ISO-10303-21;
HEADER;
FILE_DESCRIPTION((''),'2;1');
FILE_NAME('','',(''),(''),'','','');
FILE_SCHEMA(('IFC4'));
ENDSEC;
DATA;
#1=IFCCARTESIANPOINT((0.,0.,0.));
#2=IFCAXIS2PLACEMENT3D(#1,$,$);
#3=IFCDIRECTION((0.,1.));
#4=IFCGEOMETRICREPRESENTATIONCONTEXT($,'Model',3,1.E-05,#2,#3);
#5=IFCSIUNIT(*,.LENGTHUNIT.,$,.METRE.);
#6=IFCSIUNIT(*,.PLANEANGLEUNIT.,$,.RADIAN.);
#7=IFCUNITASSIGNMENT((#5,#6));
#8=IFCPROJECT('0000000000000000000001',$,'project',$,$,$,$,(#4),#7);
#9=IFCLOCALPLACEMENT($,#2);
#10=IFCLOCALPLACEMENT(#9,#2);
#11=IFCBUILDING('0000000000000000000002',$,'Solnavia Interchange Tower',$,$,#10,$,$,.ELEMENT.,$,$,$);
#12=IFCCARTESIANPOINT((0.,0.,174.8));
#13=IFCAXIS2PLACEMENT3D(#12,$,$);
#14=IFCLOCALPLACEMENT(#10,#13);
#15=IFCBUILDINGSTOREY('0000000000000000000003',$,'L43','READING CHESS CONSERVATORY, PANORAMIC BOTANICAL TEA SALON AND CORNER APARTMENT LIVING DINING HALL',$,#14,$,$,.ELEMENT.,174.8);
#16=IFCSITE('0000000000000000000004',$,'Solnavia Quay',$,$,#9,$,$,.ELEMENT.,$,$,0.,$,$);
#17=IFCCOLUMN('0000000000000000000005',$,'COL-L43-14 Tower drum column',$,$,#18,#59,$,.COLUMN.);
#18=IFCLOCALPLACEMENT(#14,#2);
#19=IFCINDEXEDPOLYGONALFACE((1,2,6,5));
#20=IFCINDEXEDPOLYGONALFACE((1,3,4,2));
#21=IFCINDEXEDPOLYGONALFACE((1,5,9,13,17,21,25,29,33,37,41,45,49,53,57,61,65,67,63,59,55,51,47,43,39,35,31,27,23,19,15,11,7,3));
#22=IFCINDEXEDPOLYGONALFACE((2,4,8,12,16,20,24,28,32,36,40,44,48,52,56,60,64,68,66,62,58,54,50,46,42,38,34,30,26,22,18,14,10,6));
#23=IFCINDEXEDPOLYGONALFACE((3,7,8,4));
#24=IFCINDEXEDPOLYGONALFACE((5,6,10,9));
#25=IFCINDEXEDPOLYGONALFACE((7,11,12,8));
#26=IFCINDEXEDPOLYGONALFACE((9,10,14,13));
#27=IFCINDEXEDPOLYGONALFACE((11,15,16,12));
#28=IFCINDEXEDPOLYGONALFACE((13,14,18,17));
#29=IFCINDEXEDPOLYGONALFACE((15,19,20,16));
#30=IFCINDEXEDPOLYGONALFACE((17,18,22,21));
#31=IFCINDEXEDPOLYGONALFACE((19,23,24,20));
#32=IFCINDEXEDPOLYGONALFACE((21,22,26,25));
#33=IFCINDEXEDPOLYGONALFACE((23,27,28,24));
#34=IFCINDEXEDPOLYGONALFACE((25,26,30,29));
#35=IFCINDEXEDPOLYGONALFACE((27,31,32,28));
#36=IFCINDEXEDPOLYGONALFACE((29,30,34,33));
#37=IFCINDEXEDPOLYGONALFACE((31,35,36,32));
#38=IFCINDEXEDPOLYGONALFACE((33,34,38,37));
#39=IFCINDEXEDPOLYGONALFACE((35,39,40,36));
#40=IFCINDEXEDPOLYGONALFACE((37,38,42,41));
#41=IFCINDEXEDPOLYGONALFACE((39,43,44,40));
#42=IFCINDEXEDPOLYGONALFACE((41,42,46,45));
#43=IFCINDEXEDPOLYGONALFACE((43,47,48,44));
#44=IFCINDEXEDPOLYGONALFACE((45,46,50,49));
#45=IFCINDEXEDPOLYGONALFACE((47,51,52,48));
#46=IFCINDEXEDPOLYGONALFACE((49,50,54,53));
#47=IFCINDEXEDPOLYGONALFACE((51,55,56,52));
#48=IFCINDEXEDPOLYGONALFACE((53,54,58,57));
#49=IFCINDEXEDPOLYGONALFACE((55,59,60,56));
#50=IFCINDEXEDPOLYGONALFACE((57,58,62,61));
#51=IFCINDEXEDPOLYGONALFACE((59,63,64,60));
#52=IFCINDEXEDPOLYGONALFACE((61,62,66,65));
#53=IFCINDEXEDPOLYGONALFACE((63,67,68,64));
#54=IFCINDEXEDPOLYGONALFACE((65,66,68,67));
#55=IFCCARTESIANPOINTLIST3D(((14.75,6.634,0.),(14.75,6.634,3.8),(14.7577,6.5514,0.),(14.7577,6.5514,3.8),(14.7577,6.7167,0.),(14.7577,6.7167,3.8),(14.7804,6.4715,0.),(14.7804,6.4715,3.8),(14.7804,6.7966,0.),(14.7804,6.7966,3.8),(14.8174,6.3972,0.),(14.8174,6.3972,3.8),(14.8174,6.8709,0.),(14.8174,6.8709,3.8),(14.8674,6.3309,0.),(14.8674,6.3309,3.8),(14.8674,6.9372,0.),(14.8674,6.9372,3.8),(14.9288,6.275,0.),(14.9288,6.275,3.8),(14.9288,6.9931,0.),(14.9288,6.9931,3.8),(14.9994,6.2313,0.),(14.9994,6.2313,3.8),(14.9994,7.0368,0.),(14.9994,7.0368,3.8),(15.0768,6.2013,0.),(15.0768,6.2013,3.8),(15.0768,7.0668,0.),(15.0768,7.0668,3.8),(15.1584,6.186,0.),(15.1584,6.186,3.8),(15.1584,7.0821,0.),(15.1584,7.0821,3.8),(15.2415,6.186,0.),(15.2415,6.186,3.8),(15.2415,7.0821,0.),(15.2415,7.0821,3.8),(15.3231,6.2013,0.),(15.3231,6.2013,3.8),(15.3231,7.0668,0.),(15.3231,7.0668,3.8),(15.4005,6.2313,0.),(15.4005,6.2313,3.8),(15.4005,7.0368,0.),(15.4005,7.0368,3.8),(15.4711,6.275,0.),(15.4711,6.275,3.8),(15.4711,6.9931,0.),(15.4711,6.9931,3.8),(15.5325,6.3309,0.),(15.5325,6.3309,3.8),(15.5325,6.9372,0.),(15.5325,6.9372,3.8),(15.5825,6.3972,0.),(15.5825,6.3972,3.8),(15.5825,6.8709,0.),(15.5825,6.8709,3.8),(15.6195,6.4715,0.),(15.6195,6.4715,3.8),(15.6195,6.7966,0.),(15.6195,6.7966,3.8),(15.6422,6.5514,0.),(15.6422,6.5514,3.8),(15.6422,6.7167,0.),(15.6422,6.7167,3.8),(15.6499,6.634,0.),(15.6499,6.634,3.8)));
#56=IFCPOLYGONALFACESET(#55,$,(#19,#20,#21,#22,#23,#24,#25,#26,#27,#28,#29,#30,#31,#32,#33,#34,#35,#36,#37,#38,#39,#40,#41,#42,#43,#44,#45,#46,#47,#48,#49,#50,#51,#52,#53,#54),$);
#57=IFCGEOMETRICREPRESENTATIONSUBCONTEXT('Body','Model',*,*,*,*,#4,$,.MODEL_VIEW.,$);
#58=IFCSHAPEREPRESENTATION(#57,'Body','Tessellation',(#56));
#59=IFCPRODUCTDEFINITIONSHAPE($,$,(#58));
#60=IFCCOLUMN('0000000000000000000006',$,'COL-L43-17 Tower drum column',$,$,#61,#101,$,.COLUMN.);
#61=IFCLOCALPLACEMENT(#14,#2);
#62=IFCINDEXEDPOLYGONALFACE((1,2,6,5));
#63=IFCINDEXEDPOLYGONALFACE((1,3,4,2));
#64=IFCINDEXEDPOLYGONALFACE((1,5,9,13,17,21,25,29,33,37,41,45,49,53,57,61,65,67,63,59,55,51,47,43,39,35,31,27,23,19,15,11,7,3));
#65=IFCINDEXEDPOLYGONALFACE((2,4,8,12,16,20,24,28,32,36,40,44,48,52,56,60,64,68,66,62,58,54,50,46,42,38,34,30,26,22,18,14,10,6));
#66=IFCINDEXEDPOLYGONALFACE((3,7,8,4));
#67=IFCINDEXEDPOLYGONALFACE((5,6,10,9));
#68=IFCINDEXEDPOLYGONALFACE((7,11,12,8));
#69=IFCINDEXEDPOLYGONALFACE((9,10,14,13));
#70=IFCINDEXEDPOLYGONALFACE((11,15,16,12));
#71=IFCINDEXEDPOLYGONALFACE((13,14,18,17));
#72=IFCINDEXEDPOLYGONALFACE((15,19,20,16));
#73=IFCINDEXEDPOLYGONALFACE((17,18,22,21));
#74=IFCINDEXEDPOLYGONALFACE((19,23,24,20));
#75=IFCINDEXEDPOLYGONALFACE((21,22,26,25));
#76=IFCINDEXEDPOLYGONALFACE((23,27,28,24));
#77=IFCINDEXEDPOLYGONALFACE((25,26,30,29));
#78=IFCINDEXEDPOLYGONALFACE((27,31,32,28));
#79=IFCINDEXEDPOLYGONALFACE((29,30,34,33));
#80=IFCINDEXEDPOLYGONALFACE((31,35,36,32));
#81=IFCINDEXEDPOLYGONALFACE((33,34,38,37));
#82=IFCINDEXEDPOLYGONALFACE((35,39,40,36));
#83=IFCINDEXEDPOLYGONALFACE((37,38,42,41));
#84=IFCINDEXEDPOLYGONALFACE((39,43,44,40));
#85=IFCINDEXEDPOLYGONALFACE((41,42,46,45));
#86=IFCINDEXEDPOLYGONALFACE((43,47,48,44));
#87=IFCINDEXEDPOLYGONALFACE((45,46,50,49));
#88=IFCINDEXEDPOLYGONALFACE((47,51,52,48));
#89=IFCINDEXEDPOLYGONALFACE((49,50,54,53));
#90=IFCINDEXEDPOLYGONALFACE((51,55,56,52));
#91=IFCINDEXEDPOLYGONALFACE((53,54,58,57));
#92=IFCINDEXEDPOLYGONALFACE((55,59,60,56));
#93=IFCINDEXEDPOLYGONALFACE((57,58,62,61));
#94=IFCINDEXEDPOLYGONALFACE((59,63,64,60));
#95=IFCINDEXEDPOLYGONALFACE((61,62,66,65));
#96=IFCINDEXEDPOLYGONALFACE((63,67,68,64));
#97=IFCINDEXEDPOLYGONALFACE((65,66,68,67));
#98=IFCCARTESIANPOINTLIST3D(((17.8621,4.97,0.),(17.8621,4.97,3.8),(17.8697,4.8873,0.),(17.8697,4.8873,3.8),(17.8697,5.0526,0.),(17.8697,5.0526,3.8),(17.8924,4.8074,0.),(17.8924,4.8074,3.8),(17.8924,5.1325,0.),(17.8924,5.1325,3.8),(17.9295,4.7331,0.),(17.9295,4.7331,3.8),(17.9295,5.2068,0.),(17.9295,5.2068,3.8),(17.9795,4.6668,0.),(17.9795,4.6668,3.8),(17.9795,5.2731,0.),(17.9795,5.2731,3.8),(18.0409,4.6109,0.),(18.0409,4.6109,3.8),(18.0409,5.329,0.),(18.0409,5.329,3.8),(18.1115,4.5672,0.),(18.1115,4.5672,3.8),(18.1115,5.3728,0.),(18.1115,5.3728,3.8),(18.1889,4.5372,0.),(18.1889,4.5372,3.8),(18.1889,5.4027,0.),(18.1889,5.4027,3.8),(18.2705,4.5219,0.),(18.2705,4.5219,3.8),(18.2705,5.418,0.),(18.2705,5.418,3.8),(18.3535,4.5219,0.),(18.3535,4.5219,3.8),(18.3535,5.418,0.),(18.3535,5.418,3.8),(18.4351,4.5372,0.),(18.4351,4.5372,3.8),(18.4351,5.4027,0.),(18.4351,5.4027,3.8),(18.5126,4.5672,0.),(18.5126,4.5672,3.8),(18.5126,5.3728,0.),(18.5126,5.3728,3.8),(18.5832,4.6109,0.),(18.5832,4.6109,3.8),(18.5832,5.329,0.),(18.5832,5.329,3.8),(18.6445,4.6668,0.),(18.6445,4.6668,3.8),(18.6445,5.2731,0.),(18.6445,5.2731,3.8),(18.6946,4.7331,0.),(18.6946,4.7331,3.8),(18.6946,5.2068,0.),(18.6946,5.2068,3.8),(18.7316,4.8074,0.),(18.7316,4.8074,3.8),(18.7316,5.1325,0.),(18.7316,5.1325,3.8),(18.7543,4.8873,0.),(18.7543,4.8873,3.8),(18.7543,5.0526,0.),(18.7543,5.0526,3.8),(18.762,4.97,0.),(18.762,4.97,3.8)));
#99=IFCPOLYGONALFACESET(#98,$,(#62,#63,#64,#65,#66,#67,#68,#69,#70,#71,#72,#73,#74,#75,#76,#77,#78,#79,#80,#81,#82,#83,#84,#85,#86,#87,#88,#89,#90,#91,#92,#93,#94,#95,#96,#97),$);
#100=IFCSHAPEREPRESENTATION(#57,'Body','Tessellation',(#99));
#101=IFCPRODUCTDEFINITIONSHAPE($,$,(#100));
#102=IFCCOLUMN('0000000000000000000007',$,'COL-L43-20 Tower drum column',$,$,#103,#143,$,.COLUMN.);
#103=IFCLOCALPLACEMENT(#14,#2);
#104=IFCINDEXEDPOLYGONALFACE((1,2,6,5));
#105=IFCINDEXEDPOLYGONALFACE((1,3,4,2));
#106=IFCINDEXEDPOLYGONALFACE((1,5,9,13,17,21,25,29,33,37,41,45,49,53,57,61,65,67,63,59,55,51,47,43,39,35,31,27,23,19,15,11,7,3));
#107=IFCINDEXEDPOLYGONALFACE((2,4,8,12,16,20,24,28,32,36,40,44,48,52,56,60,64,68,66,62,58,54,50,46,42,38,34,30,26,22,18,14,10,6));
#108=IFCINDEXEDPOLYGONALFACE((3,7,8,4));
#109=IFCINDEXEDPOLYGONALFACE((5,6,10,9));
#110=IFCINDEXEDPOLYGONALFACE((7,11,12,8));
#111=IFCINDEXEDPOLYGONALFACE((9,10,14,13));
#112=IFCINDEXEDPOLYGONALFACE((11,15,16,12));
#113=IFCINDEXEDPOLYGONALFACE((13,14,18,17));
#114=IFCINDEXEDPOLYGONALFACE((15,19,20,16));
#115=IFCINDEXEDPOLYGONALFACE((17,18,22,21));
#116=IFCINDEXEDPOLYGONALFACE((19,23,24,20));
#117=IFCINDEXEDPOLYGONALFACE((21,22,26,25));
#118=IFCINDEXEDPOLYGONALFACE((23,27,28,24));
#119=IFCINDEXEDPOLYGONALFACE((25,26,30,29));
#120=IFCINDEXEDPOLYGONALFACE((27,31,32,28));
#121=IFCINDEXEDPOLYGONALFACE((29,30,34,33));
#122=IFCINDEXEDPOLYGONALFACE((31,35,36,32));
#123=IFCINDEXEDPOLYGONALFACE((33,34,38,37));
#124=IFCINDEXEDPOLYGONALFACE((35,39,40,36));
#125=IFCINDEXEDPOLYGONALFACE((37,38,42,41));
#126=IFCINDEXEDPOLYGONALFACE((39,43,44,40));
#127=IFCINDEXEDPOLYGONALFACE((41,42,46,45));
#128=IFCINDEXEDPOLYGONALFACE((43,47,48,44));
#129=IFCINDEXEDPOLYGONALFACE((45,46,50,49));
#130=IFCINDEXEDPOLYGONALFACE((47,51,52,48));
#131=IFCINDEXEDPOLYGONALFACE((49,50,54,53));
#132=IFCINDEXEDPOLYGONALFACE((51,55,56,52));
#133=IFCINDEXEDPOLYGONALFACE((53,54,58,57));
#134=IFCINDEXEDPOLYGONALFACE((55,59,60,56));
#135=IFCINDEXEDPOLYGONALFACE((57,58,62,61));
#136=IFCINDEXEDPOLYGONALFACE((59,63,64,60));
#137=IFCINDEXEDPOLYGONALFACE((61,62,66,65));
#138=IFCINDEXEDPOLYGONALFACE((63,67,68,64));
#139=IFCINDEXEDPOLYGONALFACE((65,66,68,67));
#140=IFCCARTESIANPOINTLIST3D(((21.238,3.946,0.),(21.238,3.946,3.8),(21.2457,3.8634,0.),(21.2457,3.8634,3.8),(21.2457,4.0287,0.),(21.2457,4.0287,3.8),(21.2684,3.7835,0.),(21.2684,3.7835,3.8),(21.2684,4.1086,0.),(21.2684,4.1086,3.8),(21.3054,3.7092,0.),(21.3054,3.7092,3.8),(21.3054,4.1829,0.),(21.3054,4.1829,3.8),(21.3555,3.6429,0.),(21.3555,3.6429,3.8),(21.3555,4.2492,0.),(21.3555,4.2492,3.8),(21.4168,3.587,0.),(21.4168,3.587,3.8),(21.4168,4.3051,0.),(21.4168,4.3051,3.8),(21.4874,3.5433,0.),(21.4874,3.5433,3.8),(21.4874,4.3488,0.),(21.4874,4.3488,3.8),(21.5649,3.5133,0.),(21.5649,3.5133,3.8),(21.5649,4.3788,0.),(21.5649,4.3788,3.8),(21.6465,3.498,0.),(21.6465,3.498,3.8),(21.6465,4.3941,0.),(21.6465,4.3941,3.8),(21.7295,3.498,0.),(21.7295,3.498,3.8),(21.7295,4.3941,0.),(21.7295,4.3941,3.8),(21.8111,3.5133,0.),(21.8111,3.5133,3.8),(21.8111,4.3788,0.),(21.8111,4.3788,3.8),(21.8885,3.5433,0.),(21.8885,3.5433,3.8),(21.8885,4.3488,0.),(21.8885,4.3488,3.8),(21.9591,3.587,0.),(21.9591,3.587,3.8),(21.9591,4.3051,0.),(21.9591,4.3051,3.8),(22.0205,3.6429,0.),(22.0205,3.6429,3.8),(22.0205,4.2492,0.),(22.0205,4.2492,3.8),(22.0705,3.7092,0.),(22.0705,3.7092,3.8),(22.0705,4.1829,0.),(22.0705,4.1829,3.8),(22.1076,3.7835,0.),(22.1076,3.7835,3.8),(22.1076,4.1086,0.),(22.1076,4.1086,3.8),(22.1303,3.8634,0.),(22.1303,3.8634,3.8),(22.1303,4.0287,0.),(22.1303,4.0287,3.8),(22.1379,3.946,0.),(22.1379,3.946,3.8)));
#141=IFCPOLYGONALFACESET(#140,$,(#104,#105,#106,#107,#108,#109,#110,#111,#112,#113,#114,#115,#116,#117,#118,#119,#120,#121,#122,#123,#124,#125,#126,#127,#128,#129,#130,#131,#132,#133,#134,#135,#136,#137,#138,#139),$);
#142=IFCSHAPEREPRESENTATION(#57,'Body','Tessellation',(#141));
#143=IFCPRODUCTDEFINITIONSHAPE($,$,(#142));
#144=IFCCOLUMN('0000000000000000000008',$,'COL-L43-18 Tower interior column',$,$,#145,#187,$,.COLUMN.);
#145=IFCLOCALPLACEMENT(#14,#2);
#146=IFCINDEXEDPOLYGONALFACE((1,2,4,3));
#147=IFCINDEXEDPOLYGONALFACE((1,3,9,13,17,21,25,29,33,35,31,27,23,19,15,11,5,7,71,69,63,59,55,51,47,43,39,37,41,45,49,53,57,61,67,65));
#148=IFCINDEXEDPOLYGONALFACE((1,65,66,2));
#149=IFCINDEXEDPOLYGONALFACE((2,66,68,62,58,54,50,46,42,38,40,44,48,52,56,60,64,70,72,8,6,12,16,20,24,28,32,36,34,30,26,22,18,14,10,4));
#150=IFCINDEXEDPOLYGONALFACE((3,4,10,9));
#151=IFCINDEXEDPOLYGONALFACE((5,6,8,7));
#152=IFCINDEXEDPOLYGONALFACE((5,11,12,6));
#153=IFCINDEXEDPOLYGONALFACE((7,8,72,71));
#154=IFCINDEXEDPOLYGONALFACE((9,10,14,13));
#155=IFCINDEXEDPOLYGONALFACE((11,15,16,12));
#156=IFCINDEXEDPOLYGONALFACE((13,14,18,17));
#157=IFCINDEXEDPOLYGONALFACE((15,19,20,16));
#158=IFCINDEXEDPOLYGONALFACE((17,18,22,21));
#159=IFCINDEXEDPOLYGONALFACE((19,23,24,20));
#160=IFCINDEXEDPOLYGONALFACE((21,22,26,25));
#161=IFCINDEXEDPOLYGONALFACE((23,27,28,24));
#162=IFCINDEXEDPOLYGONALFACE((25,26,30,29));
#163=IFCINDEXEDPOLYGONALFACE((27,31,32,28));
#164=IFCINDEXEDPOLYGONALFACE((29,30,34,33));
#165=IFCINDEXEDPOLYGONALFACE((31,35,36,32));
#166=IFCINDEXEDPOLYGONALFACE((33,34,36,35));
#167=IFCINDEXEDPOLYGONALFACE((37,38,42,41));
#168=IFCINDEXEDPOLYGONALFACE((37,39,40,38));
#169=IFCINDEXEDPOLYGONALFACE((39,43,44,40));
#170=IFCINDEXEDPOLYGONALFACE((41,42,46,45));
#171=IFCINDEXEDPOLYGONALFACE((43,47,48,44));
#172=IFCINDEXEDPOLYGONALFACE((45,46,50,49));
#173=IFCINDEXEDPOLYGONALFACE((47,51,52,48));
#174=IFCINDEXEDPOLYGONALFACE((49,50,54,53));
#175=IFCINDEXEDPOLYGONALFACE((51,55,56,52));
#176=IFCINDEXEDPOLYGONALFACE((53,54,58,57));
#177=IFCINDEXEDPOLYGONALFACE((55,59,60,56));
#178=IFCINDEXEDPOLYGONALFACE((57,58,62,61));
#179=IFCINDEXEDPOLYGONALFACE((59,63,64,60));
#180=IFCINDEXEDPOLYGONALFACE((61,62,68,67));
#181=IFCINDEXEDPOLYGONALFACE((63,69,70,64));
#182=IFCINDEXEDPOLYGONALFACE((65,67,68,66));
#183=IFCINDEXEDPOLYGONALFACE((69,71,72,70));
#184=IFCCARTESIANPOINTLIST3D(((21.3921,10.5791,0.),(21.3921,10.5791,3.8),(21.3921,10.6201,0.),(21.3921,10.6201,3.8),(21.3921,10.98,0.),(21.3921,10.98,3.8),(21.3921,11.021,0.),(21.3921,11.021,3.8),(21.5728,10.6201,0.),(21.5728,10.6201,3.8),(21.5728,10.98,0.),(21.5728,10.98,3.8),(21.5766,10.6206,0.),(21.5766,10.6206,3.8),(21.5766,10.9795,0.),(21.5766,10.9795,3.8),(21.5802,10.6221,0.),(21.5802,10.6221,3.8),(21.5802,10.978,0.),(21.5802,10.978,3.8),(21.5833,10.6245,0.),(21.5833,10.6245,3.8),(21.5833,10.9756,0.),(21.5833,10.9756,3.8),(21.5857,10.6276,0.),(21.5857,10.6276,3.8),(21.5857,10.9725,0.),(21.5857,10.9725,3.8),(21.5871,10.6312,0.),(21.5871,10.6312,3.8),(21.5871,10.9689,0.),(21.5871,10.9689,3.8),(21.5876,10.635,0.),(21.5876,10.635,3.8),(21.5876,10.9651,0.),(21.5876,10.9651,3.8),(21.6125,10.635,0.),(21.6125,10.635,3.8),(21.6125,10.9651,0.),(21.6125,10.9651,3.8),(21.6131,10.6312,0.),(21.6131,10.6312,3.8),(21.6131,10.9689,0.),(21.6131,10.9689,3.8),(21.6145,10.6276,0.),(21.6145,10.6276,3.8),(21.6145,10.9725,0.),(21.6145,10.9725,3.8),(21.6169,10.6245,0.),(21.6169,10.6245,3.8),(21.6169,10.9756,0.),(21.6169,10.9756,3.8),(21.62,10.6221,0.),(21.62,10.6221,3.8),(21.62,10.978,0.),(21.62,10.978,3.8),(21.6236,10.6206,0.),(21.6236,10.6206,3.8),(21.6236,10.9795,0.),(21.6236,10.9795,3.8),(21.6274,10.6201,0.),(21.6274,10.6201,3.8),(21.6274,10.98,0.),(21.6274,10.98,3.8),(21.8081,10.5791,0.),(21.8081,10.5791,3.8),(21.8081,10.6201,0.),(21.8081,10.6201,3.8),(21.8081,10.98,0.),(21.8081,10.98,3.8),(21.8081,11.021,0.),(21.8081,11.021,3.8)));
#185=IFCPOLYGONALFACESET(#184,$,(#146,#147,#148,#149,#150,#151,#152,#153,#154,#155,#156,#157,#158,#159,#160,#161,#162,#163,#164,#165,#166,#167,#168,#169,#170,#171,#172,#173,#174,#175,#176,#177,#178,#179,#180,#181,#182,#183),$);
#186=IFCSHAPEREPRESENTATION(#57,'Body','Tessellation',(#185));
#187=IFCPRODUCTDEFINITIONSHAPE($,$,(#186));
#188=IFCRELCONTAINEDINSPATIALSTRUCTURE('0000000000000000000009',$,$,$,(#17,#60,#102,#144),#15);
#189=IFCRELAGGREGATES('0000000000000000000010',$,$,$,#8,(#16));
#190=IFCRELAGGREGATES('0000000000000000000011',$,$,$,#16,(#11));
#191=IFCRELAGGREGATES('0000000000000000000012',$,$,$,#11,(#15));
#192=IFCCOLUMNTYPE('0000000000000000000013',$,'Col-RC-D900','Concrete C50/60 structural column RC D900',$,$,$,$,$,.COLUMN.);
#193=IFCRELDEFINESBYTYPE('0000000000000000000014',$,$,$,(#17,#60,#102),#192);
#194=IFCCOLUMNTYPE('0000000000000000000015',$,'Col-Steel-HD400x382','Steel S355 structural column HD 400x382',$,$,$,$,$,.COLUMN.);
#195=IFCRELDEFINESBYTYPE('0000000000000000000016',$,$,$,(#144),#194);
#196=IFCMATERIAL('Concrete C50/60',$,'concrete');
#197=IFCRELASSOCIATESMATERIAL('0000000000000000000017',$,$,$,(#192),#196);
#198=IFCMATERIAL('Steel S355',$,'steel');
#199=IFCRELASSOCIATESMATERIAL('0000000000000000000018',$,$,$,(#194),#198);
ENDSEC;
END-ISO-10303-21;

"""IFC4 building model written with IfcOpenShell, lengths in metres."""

from ifc_helpers import new_model, si_unit, direction, frame, origin, origin_2d, place, context, subcontext, project, spatial, circle, i_section, extrude, material, material_profile, profile_set, type_object, element, save


model = new_model("IFC4")

# Units and contexts
model_context = context("Model", 3, precision=1e-05, world=origin(), true_north=direction((0.0, 1.0)))
body_context = subcontext(model_context, "Body", "Model", "MODEL_VIEW")
ifc_project = project(units=[si_unit("LENGTHUNIT", "METRE"), si_unit("PLANEANGLEUNIT", "RADIAN")], contexts=[model_context])

# Site, building, storey
site_placement = place(None, origin())
site = spatial("IfcSite", under=ifc_project, at=site_placement, Name="Solnavia Quay", CompositionType="ELEMENT", RefElevation=0.0)
building_placement = place(site_placement, origin())
building = spatial("IfcBuilding", under=site, at=building_placement, Name="Solnavia Interchange Tower", CompositionType="ELEMENT")
storey_placement = place(building_placement, frame((0.0, 0.0, 174.8)))
storey = spatial("IfcBuildingStorey", under=building, at=storey_placement, Name="L43", Description="READING CHESS CONSERVATORY, PANORAMIC BOTANICAL TEA SALON AND CORNER APARTMENT LIVING DINING HALL", CompositionType="ELEMENT", Elevation=174.8)

# Columns
ifc_material_1 = material(Name="Concrete C50/60", Category="concrete")
ifc_material_profile_1 = material_profile(ifc_material_1, circle(Radius=0.45, at=origin_2d()), Name="RC D900")
ifc_profile_set_1 = profile_set([ifc_material_profile_1], Name="Concrete C50/60")
column_type_1 = type_object("IfcColumnType", Name="Col-RC-D900", Description="Concrete C50/60 structural column RC D900", PredefinedType="COLUMN", material=ifc_profile_set_1)
for number, where, z_axis, x_axis, name in (
    (1, (15.2, 6.634, 0.0), (0.0, 0.0, 1.0), (1.0, 0.0, 0.0), "COL-L43-14 Tower drum column"),
    (2, (18.312, 4.97, 0.0), (0.0, 0.0, 1.0), (1.0, 0.0, 0.0), "COL-L43-17 Tower drum column"),
    (3, (21.688, 3.946, 0.0), (0.0, 0.0, 1.0), (1.0, 0.0, 0.0), "COL-L43-20 Tower drum column"),
):
    element("IfcColumn", number, at=place(storey_placement, frame(where, z_axis=z_axis, x_axis=x_axis)), inside=storey, type_object=column_type_1, Name=name, PredefinedType="COLUMN", context=body_context, shape_type="SweptSolid", body=[
        extrude(circle(Radius=0.45, at=origin_2d()), origin(), (0.0, 0.0, 1.0), 3.8),
    ])
ifc_material_2 = material(Name="Steel S355", Category="steel")
ifc_material_profile_2 = material_profile(ifc_material_2, i_section(OverallWidth=0.416, OverallDepth=0.4419, WebThickness=0.0249, FlangeThickness=0.041, FilletRadius=0.0149, at=origin_2d()), Name="HD 400x382")
ifc_profile_set_2 = profile_set([ifc_material_profile_2], Name="Steel S355")
column_type_2 = type_object("IfcColumnType", Name="Col-Steel-HD400x382", Description="Steel S355 structural column HD 400x382", PredefinedType="COLUMN", material=ifc_profile_set_2)
column_placement = place(storey_placement, frame((21.6001, 10.8, 0.0), z_axis=(0.0, 0.0, 1.0), x_axis=(1.0, 0.0, 0.0)))
element("IfcColumn", 4, at=column_placement, inside=storey, type_object=column_type_2, Name="COL-L43-18 Tower interior column", PredefinedType="COLUMN", context=body_context, shape_type="SweptSolid", body=[
    extrude(i_section(OverallWidth=0.416, OverallDepth=0.4419, WebThickness=0.0249, FlangeThickness=0.041, FilletRadius=0.0149, at=origin_2d()), origin(), (0.0, 0.0, 1.0), 3.8),
])

save(model, "model.ifc")
